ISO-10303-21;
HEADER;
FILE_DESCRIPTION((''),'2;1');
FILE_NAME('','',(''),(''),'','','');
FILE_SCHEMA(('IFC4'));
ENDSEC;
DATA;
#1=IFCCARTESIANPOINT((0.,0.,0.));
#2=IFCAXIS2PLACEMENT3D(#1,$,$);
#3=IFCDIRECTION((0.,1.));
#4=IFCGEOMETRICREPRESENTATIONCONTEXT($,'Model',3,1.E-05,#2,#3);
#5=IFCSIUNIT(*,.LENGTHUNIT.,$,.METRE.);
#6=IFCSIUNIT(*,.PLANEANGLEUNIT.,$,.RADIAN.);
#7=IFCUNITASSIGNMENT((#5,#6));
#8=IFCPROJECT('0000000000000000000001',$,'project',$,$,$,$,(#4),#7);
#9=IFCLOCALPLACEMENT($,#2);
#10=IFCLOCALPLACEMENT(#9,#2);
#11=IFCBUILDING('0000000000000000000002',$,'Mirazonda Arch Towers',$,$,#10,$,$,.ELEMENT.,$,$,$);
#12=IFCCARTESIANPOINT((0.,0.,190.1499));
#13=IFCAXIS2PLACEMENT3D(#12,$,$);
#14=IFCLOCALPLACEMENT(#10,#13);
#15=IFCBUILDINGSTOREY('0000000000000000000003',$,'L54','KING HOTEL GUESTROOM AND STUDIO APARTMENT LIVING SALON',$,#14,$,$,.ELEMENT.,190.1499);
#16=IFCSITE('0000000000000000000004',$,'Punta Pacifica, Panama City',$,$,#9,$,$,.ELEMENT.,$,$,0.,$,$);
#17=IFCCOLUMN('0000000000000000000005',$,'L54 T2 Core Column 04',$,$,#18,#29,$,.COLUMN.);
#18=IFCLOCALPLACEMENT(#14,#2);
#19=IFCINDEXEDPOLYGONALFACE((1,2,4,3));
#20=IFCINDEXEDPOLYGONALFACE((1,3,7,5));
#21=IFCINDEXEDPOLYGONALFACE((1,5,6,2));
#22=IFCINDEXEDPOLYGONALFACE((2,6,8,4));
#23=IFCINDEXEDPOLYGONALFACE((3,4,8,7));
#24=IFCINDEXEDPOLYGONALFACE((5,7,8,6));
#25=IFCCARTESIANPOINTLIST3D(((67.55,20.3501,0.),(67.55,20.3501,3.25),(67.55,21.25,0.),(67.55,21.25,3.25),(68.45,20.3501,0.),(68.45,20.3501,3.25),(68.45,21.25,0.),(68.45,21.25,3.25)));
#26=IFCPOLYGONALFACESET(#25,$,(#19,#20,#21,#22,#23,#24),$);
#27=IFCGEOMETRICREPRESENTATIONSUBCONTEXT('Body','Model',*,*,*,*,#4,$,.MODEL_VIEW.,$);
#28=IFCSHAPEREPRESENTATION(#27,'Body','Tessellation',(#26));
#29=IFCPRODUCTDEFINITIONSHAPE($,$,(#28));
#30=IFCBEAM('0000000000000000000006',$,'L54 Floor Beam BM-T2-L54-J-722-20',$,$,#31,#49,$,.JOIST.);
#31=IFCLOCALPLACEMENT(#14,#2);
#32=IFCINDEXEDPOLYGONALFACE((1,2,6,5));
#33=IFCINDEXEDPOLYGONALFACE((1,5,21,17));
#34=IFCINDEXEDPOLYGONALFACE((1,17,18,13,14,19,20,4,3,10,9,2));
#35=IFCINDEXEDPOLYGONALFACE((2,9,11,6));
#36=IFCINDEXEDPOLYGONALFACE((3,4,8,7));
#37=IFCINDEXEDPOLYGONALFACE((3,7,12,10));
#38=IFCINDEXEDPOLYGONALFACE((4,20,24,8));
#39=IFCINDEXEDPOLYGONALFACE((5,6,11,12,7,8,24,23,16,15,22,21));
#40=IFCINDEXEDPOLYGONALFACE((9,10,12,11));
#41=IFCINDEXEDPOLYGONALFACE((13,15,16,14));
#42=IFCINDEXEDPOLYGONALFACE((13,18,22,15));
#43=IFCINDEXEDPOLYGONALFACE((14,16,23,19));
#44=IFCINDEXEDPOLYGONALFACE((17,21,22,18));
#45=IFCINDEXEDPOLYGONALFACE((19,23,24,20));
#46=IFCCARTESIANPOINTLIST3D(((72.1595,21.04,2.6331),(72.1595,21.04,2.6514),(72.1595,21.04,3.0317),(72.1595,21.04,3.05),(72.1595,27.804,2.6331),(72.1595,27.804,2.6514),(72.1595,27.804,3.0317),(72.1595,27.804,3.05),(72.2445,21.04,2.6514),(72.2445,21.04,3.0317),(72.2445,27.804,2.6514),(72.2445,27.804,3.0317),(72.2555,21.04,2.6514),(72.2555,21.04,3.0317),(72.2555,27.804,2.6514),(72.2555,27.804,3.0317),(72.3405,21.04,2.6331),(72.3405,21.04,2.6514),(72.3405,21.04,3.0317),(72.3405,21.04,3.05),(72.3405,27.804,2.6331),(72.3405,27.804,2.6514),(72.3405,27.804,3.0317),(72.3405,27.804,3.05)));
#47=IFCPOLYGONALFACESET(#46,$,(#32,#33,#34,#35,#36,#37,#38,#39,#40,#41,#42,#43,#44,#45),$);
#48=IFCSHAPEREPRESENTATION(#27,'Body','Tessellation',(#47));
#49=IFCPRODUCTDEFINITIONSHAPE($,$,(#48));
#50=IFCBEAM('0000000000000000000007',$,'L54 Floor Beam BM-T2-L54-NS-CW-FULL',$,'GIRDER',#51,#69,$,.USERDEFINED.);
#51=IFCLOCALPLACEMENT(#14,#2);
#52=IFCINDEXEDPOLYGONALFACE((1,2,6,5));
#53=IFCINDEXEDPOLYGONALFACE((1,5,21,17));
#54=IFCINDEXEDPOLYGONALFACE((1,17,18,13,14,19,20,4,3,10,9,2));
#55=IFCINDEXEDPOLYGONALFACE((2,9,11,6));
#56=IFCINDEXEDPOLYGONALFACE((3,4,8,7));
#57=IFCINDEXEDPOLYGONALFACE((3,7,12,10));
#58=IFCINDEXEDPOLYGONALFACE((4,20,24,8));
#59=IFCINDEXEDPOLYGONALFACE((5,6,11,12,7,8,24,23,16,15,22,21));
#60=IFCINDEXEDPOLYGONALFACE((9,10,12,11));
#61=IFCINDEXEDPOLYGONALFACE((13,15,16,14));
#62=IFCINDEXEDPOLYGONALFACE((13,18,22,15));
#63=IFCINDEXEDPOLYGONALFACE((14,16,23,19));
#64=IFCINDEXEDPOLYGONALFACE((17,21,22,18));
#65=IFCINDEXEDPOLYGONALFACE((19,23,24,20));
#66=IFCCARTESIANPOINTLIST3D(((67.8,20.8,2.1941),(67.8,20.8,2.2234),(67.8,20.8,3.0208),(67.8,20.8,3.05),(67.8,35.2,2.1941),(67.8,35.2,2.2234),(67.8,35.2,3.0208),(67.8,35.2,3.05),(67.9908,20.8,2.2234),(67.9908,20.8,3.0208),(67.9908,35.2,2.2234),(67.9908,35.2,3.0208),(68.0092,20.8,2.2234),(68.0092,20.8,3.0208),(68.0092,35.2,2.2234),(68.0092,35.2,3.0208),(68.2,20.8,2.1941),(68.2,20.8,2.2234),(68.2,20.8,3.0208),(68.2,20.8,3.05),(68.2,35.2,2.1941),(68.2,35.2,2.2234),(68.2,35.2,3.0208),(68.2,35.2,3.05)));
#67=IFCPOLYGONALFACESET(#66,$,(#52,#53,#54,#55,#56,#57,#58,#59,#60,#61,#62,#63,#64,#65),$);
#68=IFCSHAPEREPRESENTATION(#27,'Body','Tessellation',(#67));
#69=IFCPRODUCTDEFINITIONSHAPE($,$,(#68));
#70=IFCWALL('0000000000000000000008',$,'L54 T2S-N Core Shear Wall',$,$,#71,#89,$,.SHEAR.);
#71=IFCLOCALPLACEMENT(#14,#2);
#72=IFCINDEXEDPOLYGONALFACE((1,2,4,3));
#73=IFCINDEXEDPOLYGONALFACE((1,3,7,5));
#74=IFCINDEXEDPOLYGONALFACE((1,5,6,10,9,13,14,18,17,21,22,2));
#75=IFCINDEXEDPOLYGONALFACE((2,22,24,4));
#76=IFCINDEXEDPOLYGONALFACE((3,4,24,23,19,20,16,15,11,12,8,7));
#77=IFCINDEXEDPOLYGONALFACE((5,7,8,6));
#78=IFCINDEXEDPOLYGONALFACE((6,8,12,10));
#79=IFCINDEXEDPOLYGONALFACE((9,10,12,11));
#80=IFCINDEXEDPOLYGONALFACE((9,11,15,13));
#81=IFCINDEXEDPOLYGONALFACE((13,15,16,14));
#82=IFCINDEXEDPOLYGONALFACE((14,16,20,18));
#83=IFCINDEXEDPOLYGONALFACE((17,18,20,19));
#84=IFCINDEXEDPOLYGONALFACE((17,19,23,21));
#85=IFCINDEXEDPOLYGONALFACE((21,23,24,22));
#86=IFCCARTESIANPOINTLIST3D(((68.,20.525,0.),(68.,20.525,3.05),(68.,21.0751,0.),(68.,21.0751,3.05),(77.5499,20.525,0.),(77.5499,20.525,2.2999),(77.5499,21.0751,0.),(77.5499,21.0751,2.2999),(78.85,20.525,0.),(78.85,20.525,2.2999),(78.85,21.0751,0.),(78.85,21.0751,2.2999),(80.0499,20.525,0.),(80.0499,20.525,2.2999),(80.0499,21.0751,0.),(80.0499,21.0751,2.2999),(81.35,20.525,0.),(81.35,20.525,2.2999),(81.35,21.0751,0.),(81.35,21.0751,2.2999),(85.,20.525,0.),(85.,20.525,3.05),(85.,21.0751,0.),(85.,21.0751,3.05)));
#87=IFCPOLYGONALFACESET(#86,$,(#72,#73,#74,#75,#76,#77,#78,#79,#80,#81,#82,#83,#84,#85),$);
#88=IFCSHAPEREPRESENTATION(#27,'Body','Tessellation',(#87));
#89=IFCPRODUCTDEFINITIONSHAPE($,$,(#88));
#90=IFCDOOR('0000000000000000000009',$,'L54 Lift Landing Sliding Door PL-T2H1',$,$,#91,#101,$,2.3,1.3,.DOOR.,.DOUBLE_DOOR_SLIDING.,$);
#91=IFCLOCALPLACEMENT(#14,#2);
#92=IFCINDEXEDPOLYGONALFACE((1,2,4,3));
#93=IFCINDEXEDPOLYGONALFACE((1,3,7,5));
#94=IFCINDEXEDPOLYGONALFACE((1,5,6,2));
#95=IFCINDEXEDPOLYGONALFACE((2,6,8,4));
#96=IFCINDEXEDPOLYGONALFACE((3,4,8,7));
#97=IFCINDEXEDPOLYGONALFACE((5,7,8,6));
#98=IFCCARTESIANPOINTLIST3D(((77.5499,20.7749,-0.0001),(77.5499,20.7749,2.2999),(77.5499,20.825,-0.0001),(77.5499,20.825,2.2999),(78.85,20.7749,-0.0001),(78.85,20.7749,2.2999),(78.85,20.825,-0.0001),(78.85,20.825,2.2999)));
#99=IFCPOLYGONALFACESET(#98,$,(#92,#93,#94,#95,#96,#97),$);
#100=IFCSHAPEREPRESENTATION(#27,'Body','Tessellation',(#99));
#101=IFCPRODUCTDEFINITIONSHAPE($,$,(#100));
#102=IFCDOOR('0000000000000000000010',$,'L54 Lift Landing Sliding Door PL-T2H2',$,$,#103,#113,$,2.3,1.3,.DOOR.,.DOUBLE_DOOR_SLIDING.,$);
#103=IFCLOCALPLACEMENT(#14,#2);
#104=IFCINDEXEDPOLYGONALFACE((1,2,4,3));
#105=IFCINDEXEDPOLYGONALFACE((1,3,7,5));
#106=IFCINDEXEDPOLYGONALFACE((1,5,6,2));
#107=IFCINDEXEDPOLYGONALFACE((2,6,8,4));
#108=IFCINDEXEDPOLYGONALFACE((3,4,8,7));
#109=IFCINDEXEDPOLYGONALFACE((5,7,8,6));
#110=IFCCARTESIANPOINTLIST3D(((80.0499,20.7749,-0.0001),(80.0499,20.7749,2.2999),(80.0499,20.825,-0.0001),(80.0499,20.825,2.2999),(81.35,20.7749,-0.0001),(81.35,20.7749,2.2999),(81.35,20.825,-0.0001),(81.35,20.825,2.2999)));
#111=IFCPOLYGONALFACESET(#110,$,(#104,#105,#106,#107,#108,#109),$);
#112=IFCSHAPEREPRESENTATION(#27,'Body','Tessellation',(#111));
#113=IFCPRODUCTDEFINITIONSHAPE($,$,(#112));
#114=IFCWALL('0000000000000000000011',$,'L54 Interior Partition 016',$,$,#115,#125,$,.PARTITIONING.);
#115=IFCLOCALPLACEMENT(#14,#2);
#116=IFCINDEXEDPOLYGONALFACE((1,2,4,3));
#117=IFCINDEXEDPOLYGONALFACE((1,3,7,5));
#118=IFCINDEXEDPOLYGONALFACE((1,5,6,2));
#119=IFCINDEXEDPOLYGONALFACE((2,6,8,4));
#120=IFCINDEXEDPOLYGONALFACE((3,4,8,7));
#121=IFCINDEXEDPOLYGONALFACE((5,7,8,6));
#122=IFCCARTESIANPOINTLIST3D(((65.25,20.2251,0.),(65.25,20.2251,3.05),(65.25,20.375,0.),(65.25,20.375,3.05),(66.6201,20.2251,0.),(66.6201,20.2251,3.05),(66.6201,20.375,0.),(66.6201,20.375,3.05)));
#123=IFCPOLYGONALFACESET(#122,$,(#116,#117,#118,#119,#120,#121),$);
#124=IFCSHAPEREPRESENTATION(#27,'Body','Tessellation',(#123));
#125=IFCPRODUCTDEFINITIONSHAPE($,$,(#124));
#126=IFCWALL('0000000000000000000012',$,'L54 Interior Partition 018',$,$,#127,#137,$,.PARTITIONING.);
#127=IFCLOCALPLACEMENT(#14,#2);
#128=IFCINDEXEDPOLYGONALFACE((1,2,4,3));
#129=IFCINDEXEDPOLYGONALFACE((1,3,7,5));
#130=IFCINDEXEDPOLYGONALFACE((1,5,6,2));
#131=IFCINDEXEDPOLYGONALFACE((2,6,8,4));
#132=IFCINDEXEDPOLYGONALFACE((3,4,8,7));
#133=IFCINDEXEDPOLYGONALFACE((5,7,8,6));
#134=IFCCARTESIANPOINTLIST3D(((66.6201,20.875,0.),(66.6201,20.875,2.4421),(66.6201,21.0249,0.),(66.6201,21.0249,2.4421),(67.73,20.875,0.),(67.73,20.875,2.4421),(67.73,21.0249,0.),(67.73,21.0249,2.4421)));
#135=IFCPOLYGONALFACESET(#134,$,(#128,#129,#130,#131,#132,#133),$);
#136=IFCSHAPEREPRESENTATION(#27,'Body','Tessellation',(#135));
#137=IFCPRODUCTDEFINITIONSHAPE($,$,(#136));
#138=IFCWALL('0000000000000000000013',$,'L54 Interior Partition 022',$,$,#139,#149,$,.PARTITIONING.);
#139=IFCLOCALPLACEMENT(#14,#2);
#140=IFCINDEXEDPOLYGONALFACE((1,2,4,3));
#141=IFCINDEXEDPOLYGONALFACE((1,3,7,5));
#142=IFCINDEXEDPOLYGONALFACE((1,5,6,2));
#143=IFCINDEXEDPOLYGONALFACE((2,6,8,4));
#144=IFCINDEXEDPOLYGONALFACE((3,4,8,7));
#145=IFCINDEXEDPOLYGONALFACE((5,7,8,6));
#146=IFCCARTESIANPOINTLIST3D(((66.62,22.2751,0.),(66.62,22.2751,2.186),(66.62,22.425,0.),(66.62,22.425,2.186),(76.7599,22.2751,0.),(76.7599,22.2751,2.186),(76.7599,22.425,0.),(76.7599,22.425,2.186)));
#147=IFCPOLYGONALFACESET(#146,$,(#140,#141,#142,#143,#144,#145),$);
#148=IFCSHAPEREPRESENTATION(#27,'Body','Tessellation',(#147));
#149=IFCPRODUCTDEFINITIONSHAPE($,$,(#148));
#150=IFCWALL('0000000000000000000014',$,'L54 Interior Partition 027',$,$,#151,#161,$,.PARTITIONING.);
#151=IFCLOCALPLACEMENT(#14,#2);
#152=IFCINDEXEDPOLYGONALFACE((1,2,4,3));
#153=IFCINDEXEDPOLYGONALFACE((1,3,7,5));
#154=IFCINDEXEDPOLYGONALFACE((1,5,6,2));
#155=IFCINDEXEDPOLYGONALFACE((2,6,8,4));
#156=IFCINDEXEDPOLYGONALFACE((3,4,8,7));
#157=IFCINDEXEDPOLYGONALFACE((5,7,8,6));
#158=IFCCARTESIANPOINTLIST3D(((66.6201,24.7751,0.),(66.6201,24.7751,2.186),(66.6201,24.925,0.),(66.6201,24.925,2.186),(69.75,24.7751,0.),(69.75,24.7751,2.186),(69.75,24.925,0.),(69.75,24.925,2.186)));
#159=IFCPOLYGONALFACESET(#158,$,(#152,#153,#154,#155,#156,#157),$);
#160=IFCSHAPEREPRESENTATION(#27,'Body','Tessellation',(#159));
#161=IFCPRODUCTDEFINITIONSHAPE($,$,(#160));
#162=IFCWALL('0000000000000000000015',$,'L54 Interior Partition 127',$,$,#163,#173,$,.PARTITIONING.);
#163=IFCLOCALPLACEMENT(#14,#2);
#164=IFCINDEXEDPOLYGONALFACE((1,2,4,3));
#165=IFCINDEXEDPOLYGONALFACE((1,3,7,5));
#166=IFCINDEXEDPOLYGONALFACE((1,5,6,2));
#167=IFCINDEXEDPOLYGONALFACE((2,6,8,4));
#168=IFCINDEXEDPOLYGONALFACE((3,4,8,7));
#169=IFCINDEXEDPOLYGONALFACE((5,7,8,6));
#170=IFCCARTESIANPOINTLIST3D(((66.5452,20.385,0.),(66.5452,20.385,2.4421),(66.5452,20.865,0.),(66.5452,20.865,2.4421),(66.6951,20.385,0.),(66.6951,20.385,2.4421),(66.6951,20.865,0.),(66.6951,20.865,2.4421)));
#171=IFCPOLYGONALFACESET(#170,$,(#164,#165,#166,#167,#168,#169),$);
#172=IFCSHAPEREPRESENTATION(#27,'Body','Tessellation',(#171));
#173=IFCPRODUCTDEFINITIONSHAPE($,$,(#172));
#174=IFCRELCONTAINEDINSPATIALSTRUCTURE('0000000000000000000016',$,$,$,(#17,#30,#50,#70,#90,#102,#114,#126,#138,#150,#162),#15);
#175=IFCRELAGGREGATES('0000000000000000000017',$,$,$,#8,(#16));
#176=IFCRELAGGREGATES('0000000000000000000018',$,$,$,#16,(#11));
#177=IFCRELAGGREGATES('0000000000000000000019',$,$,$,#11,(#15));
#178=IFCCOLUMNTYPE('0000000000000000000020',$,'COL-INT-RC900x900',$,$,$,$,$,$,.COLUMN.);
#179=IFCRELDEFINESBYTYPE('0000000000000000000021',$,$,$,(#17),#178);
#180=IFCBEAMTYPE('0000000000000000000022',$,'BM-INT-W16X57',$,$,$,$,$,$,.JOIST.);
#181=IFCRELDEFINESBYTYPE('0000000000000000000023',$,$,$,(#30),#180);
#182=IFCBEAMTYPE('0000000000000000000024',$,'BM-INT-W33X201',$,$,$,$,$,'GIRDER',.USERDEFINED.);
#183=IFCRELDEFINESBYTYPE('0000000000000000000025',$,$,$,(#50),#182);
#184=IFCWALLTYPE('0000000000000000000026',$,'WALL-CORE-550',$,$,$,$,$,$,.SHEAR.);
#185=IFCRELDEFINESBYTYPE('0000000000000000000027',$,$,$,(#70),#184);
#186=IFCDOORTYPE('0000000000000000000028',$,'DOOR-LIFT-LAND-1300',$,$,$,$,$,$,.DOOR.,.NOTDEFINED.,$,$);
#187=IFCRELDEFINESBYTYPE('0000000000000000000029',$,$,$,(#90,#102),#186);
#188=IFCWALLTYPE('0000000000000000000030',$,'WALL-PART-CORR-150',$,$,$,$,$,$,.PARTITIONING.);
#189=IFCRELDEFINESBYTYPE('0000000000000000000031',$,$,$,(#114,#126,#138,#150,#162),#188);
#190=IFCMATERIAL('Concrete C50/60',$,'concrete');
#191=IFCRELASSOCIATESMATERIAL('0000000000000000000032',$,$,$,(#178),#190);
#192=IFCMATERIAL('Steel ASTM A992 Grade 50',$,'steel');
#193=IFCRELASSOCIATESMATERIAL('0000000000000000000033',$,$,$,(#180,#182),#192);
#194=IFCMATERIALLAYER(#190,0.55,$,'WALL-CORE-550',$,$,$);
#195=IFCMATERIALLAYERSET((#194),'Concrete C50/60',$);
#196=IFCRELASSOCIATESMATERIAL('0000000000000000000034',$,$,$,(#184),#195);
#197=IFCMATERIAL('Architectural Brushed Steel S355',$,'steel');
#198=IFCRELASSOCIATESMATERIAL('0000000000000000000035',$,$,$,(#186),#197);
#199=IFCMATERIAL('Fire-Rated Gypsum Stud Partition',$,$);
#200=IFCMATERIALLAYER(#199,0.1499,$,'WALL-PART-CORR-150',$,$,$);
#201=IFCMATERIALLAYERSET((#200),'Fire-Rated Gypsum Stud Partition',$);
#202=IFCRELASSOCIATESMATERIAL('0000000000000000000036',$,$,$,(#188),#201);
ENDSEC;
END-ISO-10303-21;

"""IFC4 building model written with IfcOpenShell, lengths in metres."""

from ifc_helpers import new_model, si_unit, direction, frame, frame_2d, origin, origin_2d, place, context, subcontext, project, spatial, rectangle, i_section, extrude, material, layer, layer_set, material_profile, profile_set, type_object, element, fill, save


model = new_model("IFC4")

# Units and contexts
model_context = context("Model", 3, precision=1e-05, world=origin(), true_north=direction((0.0, 1.0)))
body_context = subcontext(model_context, "Body", "Model", "MODEL_VIEW")
ifc_project = project(units=[si_unit("LENGTHUNIT", "METRE"), si_unit("PLANEANGLEUNIT", "RADIAN")], contexts=[model_context])

# Site, building, storey
site_placement = place(None, origin())
site = spatial("IfcSite", under=ifc_project, at=site_placement, Name="Punta Pacifica, Panama City", CompositionType="ELEMENT", RefElevation=0.0)
building_placement = place(site_placement, origin())
building = spatial("IfcBuilding", under=site, at=building_placement, Name="Mirazonda Arch Towers", CompositionType="ELEMENT")
storey_placement = place(building_placement, frame((0.0, 0.0, 190.1499)))
storey = spatial("IfcBuildingStorey", under=building, at=storey_placement, Name="L54", Description="KING HOTEL GUESTROOM AND STUDIO APARTMENT LIVING SALON", CompositionType="ELEMENT", Elevation=190.1499)

# Column
ifc_material_1 = material(Name="Concrete C50/60", Category="concrete")
ifc_material_profile_1 = material_profile(ifc_material_1, rectangle(XDim=0.8999, YDim=0.8999, at=origin_2d()), Name="RC900x900")
ifc_profile_set_1 = profile_set([ifc_material_profile_1], Name="Concrete C50/60")
column_type = type_object("IfcColumnType", Name="COL-INT-RC900x900", PredefinedType="COLUMN", material=ifc_profile_set_1)
column_placement = place(storey_placement, frame((68.0, 20.8, 0.0), z_axis=(0.0, 0.0, 1.0), x_axis=(1.0, 0.0, 0.0)))
element("IfcColumn", 1, at=column_placement, inside=storey, type_object=column_type, Name="L54 T2 Core Column 04", PredefinedType="COLUMN", context=body_context, shape_type="SweptSolid", body=[
    extrude(rectangle(XDim=0.8999, YDim=0.8999, at=origin_2d()), origin(), (0.0, 0.0, 1.0), 3.25),
])

# Beams
ifc_material_2 = material(Name="Steel ASTM A992 Grade 50", Category="steel")
ifc_material_profile_2 = material_profile(ifc_material_2, i_section(OverallWidth=0.1809, OverallDepth=0.417, WebThickness=0.011, FlangeThickness=0.0183, at=origin_2d()), Name="W16X57")
ifc_profile_set_2 = profile_set([ifc_material_profile_2], Name="Steel ASTM A992 Grade 50")
beam_type_1 = type_object("IfcBeamType", Name="BM-INT-W16X57", PredefinedType="JOIST", material=ifc_profile_set_2)
beam_1_placement = place(storey_placement, frame((72.25, 21.04, 2.8416), z_axis=(0.0, 1.0, 0.0), x_axis=(-1.0, 0.0, 0.0)))
element("IfcBeam", 2, at=beam_1_placement, inside=storey, type_object=beam_type_1, Name="L54 Floor Beam BM-T2-L54-J-722-20", PredefinedType="JOIST", context=body_context, shape_type="SweptSolid", body=[
    extrude(i_section(OverallWidth=0.1809, OverallDepth=0.417, WebThickness=0.011, FlangeThickness=0.0183, at=origin_2d()), origin(), (0.0, 0.0, 1.0), 6.7639),
])
ifc_material_profile_3 = material_profile(ifc_material_2, i_section(OverallWidth=0.3999, OverallDepth=0.856, WebThickness=0.0183, FlangeThickness=0.0293, at=origin_2d()), Name="W33X201")
ifc_profile_set_3 = profile_set([ifc_material_profile_3], Name="Steel ASTM A992 Grade 50")
beam_type_2 = type_object("IfcBeamType", Name="BM-INT-W33X201", ElementType="GIRDER", PredefinedType="USERDEFINED", material=ifc_profile_set_3)
beam_2_placement = place(storey_placement, frame((68.0, 20.8, 2.6221), z_axis=(0.0, 1.0, 0.0), x_axis=(-1.0, 0.0, 0.0)))
element("IfcBeam", 3, at=beam_2_placement, inside=storey, type_object=beam_type_2, Name="L54 Floor Beam BM-T2-L54-NS-CW-FULL", ObjectType="GIRDER", PredefinedType="USERDEFINED", context=body_context, shape_type="SweptSolid", body=[
    extrude(i_section(OverallWidth=0.3999, OverallDepth=0.856, WebThickness=0.0183, FlangeThickness=0.0293, at=origin_2d()), origin(), (0.0, 0.0, 1.0), 14.3999),
])

# Wall, openings, doors
ifc_layer_1 = layer(ifc_material_1, 0.55, Name="WALL-CORE-550")
ifc_layer_set_1 = layer_set([ifc_layer_1], Name="Concrete C50/60")
wall_type_1 = type_object("IfcWallType", Name="WALL-CORE-550", PredefinedType="SHEAR", material=ifc_layer_set_1)
wall_1_placement = place(storey_placement, frame((68.0, 20.8, 0.0), z_axis=(0.0, 0.0, 1.0), x_axis=(1.0, 0.0, 0.0)))
wall_1 = element("IfcWall", 4, at=wall_1_placement, inside=storey, type_object=wall_type_1, Name="L54 T2S-N Core Shear Wall", PredefinedType="SHEAR", context=body_context, shape_type="SweptSolid", body=[
    extrude(rectangle(XDim=17.0, YDim=0.55, at=frame_2d((8.5, 0.0))), origin(), (0.0, 0.0, 1.0), 3.05),
])
opening_1_placement = place(wall_1_placement, frame((9.55, 0.0, 0.0)))
opening_1 = element("IfcOpeningElement", 5, at=opening_1_placement, cuts=wall_1, PredefinedType="OPENING", context=body_context, shape_type="SweptSolid", body=[
    extrude(rectangle(XDim=1.3, YDim=2.3, at=frame_2d((0.6499, 1.1499))), frame((0.0, 0.2849, 0.0), z_axis=(0.0, -1.0, 0.0), x_axis=(1.0, 0.0, 0.0)), (0.0, 0.0, 1.0), 0.5701),
])
opening_2_placement = place(wall_1_placement, frame((12.05, 0.0, 0.0)))
opening_2 = element("IfcOpeningElement", 6, at=opening_2_placement, cuts=wall_1, PredefinedType="OPENING", context=body_context, shape_type="SweptSolid", body=[
    extrude(rectangle(XDim=1.3, YDim=2.3, at=frame_2d((0.6499, 1.1499))), frame((0.0, 0.2849, 0.0), z_axis=(0.0, -1.0, 0.0), x_axis=(1.0, 0.0, 0.0)), (0.0, 0.0, 1.0), 0.5701),
])
ifc_material_3 = material(Name="Architectural Brushed Steel S355", Category="steel")
door_type_1 = type_object("IfcDoorType", Name="DOOR-LIFT-LAND-1300", OperationType="NOTDEFINED", PredefinedType="DOOR", material=ifc_material_3)
door_1_placement = place(opening_1_placement, origin())
door_1 = element("IfcDoor", 7, at=door_1_placement, inside=storey, type_object=door_type_1, Name="L54 Lift Landing Sliding Door PL-T2H1", OperationType="DOUBLE_DOOR_SLIDING", OverallHeight=2.3, OverallWidth=1.3, PredefinedType="DOOR", context=body_context, shape_type="SweptSolid", body=[
    extrude(rectangle(XDim=1.3, YDim=2.3, at=frame_2d((0.6499, 1.1499))), frame((0.0, 0.0249, 0.0), z_axis=(0.0, -1.0, 0.0), x_axis=(1.0, 0.0, 0.0)), (0.0, 0.0, 1.0), 0.05),
])
fill(opening_1, door_1)
door_2_placement = place(opening_2_placement, origin())
door_2 = element("IfcDoor", 8, at=door_2_placement, inside=storey, type_object=door_type_1, Name="L54 Lift Landing Sliding Door PL-T2H2", OperationType="DOUBLE_DOOR_SLIDING", OverallHeight=2.3, OverallWidth=1.3, PredefinedType="DOOR", context=body_context, shape_type="SweptSolid", body=[
    extrude(rectangle(XDim=1.3, YDim=2.3, at=frame_2d((0.6499, 1.1499))), frame((0.0, 0.0249, 0.0), z_axis=(0.0, -1.0, 0.0), x_axis=(1.0, 0.0, 0.0)), (0.0, 0.0, 1.0), 0.05),
])
fill(opening_2, door_2)

# Walls
ifc_material_4 = material(Name="Fire-Rated Gypsum Stud Partition")
ifc_layer_2 = layer(ifc_material_4, 0.1499, Name="WALL-PART-CORR-150")
ifc_layer_set_2 = layer_set([ifc_layer_2], Name="Fire-Rated Gypsum Stud Partition")
wall_type_2 = type_object("IfcWallType", Name="WALL-PART-CORR-150", PredefinedType="PARTITIONING", material=ifc_layer_set_2)
wall_2_placement = place(storey_placement, frame((65.25, 20.3, 0.0), z_axis=(0.0, 0.0, 1.0), x_axis=(1.0, 0.0, 0.0)))
element("IfcWall", 9, at=wall_2_placement, inside=storey, type_object=wall_type_2, Name="L54 Interior Partition 016", PredefinedType="PARTITIONING", context=body_context, shape_type="SweptSolid", body=[
    extrude(rectangle(XDim=1.3701, YDim=0.1499, at=frame_2d((0.6851, 0.0))), origin(), (0.0, 0.0, 1.0), 3.05),
])
wall_3_placement = place(storey_placement, frame((66.6201, 20.95, 0.0), z_axis=(0.0, 0.0, 1.0), x_axis=(1.0, 0.0, 0.0)))
element("IfcWall", 10, at=wall_3_placement, inside=storey, type_object=wall_type_2, Name="L54 Interior Partition 018", PredefinedType="PARTITIONING", context=body_context, shape_type="SweptSolid", body=[
    extrude(rectangle(XDim=1.1099, YDim=0.1499, at=frame_2d((0.5549, 0.0))), origin(), (0.0, 0.0, 1.0), 2.4421),
])
wall_4_placement = place(storey_placement, frame((66.6201, 22.3501, 0.0), z_axis=(0.0, 0.0, 1.0), x_axis=(1.0, 0.0, 0.0)))
element("IfcWall", 11, at=wall_4_placement, inside=storey, type_object=wall_type_2, Name="L54 Interior Partition 022", PredefinedType="PARTITIONING", context=body_context, shape_type="SweptSolid", body=[
    extrude(rectangle(XDim=10.1399, YDim=0.1499, at=frame_2d((5.0698, 0.0))), origin(), (0.0, 0.0, 1.0), 2.186),
])
wall_5_placement = place(storey_placement, frame((66.6201, 24.8501, 0.0), z_axis=(0.0, 0.0, 1.0), x_axis=(1.0, 0.0, 0.0)))
element("IfcWall", 12, at=wall_5_placement, inside=storey, type_object=wall_type_2, Name="L54 Interior Partition 027", PredefinedType="PARTITIONING", context=body_context, shape_type="SweptSolid", body=[
    extrude(rectangle(XDim=3.1299, YDim=0.1499, at=frame_2d((1.5649, 0.0))), origin(), (0.0, 0.0, 1.0), 2.186),
])
wall_6_placement = place(storey_placement, frame((66.6201, 20.385, 0.0), z_axis=(0.0, 0.0, 1.0), x_axis=(0.0, 1.0, 0.0)))
element("IfcWall", 13, at=wall_6_placement, inside=storey, type_object=wall_type_2, Name="L54 Interior Partition 127", PredefinedType="PARTITIONING", context=body_context, shape_type="SweptSolid", body=[
    extrude(rectangle(XDim=0.48, YDim=0.1499, at=frame_2d((0.24, 0.0))), origin(), (0.0, 0.0, 1.0), 2.4421),
])

save(model, "model.ifc")
